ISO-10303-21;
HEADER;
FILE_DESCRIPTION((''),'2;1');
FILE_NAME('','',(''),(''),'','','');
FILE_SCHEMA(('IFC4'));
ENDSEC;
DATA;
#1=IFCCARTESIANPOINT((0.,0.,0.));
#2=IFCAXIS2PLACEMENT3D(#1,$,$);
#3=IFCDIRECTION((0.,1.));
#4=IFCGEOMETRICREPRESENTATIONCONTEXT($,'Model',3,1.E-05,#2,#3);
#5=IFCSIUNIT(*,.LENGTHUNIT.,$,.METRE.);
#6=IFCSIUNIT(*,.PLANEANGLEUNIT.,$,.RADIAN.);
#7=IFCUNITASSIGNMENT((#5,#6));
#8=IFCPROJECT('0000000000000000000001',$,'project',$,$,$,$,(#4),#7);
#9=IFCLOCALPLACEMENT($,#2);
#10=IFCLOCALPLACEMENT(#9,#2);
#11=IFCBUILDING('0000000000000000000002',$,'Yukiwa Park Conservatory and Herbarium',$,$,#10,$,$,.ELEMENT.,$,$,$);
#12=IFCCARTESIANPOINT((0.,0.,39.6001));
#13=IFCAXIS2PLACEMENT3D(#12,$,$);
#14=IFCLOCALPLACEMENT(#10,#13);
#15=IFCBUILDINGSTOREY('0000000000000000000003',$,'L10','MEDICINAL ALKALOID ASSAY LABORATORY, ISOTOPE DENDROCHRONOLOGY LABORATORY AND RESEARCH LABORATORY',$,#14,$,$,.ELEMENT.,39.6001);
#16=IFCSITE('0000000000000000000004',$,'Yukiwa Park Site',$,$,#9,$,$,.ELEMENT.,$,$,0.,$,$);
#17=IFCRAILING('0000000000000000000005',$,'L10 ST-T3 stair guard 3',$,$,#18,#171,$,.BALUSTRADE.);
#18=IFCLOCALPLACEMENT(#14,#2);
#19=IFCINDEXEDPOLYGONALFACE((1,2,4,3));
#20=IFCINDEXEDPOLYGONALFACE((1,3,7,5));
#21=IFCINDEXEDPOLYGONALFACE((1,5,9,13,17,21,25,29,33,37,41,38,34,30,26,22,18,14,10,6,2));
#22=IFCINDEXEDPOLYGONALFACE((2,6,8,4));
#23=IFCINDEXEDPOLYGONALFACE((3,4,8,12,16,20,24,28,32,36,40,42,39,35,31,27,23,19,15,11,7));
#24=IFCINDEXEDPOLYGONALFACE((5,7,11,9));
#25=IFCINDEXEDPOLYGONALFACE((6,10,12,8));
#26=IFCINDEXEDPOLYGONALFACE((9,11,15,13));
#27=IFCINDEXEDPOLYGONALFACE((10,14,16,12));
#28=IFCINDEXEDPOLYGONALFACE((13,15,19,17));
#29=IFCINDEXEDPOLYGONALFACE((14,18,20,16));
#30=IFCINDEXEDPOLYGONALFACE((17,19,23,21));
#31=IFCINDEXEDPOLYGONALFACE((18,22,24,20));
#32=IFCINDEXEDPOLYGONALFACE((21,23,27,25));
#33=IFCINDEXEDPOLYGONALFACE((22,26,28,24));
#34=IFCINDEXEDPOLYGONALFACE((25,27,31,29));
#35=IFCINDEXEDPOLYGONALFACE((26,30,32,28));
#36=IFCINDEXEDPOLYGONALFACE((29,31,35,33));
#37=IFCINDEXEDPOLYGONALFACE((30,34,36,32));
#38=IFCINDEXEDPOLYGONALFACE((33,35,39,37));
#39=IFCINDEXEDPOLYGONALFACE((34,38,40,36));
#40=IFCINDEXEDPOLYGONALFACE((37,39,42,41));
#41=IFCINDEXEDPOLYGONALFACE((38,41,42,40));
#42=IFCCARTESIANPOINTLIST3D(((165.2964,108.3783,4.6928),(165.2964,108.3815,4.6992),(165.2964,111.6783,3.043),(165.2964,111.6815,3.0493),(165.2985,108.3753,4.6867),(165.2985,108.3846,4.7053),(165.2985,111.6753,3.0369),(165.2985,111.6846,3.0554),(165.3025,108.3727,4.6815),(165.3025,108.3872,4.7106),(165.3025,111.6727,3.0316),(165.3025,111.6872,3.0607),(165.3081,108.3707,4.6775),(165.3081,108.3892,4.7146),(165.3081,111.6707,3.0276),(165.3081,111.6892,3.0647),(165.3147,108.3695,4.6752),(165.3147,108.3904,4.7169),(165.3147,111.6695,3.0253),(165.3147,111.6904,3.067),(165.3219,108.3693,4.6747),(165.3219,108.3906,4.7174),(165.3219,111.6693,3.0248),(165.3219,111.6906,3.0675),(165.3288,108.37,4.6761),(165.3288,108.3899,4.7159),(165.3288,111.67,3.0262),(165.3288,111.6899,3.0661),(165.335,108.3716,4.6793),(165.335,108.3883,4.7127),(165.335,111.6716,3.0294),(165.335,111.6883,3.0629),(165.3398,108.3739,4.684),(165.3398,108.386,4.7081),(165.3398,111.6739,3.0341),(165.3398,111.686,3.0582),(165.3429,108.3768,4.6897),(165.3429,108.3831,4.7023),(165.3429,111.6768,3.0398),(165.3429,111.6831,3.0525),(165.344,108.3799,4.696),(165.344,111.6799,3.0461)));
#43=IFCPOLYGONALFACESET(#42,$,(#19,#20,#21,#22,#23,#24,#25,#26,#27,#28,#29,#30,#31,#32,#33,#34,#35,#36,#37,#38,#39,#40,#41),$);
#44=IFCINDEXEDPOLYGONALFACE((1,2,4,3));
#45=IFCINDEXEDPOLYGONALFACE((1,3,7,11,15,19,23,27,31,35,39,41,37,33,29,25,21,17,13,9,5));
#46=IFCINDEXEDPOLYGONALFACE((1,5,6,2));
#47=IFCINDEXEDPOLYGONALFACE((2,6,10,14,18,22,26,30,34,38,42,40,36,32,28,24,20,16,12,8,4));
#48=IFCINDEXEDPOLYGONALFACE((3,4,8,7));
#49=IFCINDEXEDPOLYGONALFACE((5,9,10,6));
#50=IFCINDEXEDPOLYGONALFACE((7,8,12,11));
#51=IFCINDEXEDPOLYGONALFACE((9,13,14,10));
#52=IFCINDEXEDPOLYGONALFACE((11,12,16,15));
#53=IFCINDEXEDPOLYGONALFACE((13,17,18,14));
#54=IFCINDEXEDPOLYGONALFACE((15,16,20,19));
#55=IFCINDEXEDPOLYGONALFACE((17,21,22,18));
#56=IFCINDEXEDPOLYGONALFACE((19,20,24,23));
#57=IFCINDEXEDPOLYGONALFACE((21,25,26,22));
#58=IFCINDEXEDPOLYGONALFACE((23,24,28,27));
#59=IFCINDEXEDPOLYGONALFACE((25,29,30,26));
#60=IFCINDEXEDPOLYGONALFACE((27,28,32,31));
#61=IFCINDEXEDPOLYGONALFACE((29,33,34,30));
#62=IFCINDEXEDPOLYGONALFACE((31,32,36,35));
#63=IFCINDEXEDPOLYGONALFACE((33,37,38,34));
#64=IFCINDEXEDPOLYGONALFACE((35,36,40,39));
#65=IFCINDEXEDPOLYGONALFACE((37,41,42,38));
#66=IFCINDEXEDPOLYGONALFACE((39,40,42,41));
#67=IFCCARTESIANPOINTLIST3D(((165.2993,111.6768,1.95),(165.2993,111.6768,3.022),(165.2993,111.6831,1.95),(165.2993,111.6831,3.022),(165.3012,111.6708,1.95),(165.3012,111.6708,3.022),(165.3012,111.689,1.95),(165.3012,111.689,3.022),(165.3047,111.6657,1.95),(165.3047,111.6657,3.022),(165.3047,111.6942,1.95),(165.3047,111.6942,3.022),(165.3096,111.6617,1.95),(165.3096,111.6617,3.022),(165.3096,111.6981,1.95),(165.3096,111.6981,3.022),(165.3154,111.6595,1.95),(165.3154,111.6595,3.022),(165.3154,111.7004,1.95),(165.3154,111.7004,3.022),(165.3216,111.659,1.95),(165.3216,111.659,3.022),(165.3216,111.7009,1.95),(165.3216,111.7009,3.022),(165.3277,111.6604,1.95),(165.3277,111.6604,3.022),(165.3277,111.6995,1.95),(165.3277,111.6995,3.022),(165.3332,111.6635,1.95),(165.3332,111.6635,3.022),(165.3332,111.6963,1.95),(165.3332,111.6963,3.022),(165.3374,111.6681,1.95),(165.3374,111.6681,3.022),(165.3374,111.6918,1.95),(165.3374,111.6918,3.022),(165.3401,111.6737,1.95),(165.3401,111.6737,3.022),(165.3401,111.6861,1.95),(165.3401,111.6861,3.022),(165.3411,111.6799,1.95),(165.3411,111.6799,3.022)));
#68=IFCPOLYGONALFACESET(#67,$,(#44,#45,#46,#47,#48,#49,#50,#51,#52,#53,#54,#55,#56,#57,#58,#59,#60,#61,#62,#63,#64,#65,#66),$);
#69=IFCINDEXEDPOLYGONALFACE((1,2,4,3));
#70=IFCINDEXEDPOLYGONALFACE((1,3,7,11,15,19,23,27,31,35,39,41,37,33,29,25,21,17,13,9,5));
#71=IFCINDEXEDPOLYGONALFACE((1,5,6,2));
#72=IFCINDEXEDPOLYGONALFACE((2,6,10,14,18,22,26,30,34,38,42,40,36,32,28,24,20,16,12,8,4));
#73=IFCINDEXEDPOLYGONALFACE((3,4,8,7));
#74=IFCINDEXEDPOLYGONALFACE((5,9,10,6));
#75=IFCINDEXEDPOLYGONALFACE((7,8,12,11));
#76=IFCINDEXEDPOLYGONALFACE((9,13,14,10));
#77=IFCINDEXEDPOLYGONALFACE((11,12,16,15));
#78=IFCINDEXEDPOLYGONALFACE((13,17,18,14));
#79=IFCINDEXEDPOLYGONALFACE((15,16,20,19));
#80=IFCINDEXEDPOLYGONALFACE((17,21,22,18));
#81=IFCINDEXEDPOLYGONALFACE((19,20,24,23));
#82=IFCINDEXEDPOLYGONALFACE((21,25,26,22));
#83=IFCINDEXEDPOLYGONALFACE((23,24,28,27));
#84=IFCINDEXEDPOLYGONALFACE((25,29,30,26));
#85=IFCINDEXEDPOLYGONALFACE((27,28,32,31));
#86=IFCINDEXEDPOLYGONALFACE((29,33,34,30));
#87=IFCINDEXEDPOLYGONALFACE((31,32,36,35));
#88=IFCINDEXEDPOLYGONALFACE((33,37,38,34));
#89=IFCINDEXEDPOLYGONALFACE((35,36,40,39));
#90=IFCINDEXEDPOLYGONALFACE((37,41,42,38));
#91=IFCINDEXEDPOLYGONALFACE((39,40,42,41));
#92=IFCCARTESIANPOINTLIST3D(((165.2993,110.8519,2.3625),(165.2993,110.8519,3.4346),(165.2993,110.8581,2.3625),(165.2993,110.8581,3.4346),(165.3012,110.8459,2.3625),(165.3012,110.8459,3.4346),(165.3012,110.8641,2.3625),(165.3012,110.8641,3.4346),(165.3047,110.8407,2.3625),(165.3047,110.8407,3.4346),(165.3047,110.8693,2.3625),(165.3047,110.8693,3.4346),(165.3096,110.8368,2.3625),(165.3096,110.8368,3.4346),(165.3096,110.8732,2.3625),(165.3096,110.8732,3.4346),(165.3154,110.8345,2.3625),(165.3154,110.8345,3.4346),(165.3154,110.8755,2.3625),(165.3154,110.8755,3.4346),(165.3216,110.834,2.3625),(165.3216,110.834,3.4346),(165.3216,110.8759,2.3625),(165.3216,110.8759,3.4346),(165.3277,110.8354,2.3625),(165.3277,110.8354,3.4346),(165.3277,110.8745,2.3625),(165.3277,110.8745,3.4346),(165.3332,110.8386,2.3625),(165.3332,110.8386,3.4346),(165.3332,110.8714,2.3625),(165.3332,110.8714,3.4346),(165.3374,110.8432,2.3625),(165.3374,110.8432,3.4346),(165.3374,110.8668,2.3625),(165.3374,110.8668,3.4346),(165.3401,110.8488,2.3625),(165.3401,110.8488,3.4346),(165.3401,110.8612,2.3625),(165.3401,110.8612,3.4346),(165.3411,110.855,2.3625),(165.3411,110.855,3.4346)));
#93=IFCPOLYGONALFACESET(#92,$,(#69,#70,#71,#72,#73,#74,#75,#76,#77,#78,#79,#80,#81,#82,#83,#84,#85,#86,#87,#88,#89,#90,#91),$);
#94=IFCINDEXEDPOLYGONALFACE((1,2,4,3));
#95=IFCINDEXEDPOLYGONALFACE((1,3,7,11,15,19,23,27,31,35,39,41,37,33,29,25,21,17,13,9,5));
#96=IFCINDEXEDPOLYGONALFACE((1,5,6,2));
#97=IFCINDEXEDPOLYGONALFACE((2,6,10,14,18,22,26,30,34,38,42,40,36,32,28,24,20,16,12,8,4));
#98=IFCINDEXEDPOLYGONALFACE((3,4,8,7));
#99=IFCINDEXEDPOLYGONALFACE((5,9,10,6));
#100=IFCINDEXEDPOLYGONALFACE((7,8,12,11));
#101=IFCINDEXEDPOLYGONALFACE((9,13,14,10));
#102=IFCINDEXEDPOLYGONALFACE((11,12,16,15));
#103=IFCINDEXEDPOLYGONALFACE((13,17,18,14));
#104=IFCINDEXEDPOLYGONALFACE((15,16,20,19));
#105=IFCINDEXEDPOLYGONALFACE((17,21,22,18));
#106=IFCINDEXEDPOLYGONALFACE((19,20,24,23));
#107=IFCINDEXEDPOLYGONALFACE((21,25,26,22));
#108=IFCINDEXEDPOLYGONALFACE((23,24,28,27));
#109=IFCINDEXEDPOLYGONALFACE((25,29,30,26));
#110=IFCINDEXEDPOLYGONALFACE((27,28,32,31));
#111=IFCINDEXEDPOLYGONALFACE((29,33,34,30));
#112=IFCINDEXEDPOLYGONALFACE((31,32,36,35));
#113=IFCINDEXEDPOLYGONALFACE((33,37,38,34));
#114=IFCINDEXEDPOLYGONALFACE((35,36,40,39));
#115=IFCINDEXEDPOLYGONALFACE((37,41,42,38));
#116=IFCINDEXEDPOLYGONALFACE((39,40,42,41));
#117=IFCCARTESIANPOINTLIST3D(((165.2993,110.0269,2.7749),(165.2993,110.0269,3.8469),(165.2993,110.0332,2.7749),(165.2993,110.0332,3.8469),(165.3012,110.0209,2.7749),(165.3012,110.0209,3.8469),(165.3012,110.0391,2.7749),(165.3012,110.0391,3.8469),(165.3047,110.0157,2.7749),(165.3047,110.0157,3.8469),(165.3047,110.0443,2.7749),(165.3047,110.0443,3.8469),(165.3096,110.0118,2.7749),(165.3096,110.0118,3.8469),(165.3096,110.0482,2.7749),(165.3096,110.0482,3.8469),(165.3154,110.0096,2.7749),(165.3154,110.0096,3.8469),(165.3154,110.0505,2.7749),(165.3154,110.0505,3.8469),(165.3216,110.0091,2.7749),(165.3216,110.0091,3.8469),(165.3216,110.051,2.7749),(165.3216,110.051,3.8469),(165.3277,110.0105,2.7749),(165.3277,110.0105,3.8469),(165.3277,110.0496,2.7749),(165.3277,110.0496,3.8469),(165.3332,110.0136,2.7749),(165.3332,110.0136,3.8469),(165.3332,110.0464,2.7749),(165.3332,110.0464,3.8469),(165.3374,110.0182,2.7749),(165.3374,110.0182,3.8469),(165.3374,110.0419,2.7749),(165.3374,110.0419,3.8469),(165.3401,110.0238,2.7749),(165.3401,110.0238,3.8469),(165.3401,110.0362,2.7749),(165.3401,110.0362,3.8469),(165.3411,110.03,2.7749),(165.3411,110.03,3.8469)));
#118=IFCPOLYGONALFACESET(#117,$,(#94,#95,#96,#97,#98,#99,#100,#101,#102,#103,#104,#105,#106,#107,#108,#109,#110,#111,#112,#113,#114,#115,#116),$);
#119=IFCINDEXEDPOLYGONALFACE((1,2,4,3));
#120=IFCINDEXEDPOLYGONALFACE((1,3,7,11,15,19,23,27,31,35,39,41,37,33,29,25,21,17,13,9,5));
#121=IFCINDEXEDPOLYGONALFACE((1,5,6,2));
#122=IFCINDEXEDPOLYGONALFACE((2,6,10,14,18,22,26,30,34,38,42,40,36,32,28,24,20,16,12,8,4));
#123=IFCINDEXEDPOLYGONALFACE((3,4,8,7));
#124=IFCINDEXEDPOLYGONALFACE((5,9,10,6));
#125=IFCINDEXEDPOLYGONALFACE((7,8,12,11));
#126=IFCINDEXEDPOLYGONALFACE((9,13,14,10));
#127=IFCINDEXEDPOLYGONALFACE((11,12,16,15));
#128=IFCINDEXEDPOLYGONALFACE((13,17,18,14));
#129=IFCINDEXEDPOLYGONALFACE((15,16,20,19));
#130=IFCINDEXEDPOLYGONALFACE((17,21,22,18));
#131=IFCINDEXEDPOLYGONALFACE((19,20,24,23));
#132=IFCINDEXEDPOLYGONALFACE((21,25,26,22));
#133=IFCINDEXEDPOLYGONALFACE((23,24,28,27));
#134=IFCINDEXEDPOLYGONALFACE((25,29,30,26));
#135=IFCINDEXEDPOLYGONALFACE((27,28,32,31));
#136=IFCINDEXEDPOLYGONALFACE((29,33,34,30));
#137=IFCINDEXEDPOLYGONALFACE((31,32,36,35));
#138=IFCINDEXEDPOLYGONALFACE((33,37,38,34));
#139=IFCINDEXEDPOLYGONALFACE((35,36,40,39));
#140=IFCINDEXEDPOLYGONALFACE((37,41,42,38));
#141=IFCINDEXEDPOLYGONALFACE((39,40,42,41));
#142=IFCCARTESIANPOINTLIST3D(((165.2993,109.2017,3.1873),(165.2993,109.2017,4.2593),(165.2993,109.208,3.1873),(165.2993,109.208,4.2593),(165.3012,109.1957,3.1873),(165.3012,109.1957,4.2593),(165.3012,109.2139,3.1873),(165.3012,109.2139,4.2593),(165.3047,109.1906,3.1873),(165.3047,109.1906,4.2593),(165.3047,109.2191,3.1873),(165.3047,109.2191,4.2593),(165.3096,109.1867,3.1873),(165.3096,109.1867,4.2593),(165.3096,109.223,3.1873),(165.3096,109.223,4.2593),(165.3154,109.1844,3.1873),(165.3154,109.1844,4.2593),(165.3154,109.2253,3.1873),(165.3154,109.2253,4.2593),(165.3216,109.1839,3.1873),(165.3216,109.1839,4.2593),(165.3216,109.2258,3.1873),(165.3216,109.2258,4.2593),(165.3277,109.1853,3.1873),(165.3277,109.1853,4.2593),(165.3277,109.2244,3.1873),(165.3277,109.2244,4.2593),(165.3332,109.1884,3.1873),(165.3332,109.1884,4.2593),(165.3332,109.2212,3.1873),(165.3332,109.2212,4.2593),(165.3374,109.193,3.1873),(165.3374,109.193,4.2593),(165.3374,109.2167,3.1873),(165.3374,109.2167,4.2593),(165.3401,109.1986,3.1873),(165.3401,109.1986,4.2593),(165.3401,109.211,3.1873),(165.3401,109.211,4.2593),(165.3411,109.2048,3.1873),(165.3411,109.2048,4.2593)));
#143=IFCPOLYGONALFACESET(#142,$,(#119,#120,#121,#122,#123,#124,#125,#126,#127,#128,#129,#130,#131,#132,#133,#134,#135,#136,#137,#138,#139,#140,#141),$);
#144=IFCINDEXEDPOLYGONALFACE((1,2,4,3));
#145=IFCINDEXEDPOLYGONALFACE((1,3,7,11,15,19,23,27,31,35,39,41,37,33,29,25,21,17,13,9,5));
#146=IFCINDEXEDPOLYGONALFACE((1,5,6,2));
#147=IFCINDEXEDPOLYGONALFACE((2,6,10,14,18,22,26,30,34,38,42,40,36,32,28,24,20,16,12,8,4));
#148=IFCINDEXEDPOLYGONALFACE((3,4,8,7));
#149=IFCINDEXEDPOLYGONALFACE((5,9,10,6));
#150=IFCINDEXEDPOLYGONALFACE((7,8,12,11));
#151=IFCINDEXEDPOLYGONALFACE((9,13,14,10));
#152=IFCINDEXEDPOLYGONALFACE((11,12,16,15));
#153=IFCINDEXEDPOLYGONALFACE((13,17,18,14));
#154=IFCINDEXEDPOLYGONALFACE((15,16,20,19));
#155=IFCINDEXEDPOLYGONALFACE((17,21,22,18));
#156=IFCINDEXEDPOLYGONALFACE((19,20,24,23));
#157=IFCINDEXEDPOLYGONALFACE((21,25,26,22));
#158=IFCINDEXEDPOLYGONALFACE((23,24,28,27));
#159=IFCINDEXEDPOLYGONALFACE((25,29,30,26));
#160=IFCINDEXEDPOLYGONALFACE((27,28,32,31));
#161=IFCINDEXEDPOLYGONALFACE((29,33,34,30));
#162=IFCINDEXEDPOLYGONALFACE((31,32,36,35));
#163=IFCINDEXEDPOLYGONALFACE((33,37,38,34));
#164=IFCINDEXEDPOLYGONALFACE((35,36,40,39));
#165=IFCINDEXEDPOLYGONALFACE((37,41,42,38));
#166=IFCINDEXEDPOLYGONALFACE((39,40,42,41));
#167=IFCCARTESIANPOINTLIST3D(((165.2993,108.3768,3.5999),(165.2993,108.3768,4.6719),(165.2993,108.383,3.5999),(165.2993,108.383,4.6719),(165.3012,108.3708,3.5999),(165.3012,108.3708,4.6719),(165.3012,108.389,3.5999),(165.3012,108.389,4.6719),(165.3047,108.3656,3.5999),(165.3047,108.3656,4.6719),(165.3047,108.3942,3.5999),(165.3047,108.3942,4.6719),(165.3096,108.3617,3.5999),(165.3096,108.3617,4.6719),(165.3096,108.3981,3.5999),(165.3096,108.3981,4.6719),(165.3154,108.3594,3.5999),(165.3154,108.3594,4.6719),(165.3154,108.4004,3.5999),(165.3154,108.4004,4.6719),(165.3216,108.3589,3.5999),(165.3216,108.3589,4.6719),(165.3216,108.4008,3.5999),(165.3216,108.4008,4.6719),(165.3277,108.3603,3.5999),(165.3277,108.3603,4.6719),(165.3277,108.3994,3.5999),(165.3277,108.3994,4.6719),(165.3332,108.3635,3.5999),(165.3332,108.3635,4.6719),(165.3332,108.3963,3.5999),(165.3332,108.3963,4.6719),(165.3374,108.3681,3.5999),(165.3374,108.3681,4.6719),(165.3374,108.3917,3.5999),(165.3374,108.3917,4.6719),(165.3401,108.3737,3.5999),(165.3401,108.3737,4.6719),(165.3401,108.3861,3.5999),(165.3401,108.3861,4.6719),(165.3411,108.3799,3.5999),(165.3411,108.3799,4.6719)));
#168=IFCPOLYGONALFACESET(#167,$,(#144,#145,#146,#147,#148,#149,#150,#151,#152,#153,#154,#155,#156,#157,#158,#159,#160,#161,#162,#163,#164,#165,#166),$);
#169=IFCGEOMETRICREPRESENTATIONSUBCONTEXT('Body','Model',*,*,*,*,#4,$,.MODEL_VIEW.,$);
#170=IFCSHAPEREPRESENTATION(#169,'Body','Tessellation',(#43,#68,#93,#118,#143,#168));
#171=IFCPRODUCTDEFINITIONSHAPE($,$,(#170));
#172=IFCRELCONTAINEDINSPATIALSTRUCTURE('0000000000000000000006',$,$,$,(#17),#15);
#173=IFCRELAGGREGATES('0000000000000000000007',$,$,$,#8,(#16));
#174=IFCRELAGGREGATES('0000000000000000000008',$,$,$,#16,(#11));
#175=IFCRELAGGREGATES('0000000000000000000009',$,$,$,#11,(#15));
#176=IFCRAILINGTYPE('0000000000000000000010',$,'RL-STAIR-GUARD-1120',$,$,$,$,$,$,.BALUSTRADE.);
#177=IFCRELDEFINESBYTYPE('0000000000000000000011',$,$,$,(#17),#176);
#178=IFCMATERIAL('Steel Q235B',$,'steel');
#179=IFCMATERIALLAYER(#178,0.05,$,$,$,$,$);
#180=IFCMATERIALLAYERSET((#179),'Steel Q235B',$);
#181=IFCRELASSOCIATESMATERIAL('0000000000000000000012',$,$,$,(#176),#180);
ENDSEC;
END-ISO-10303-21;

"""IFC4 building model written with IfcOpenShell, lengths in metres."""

from ifc_helpers import new_model, si_unit, direction, frame, origin, origin_2d, place, context, subcontext, project, spatial, circle, extrude, material, layer, layer_set, type_object, element, save


model = new_model("IFC4")

# Units and contexts
model_context = context("Model", 3, precision=1e-05, world=origin(), true_north=direction((0.0, 1.0)))
body_context = subcontext(model_context, "Body", "Model", "MODEL_VIEW")
ifc_project = project(units=[si_unit("LENGTHUNIT", "METRE"), si_unit("PLANEANGLEUNIT", "RADIAN")], contexts=[model_context])

# Site, building, storey
site_placement = place(None, origin())
site = spatial("IfcSite", under=ifc_project, at=site_placement, Name="Yukiwa Park Site", CompositionType="ELEMENT", RefElevation=0.0)
building_placement = place(site_placement, origin())
building = spatial("IfcBuilding", under=site, at=building_placement, Name="Yukiwa Park Conservatory and Herbarium", CompositionType="ELEMENT")
storey_placement = place(building_placement, frame((0.0, 0.0, 39.6001)))
storey = spatial("IfcBuildingStorey", under=building, at=storey_placement, Name="L10", Description="MEDICINAL ALKALOID ASSAY LABORATORY, ISOTOPE DENDROCHRONOLOGY LABORATORY AND RESEARCH LABORATORY", CompositionType="ELEMENT", Elevation=39.6001)

# Railing
ifc_material_1 = material(Name="Steel Q235B", Category="steel")
ifc_layer_1 = layer(ifc_material_1, 0.05)
ifc_layer_set_1 = layer_set([ifc_layer_1], Name="Steel Q235B")
railing_type_1 = type_object("IfcRailingType", Name="RL-STAIR-GUARD-1120", PredefinedType="BALUSTRADE", material=ifc_layer_set_1)
railing_1_placement = place(storey_placement, frame((165.3201, 111.6799, 1.95)))
element("IfcRailing", 1, at=railing_1_placement, inside=storey, type_object=railing_type_1, Name="L10 ST-T3 stair guard 3", PredefinedType="BALUSTRADE", context=body_context, shape_type="SweptSolid", body=[
    extrude(circle(Radius=0.0239, at=origin_2d()), frame((0.0, 0.0, 1.0962), z_axis=(0.0, -0.89444, 0.447187), x_axis=(1.0, 0.0, 0.0)), (0.0, 0.0, 1.0), 3.6895),
    extrude(circle(Radius=0.021, at=origin_2d()), origin(), (0.0, 0.0, 1.0), 1.072),
    extrude(circle(Radius=0.021, at=origin_2d()), frame((0.0, -0.825, 0.4126)), (0.0, 0.0, 1.0), 1.072),
    extrude(circle(Radius=0.021, at=origin_2d()), frame((0.0, -1.6499, 0.825)), (0.0, 0.0, 1.0), 1.072),
    extrude(circle(Radius=0.021, at=origin_2d()), frame((0.0, -2.4751, 1.2373)), (0.0, 0.0, 1.0), 1.072),
    extrude(circle(Radius=0.021, at=origin_2d()), frame((0.0, -3.3, 1.6499)), (0.0, 0.0, 1.0), 1.072),
])

save(model, "model.ifc")
